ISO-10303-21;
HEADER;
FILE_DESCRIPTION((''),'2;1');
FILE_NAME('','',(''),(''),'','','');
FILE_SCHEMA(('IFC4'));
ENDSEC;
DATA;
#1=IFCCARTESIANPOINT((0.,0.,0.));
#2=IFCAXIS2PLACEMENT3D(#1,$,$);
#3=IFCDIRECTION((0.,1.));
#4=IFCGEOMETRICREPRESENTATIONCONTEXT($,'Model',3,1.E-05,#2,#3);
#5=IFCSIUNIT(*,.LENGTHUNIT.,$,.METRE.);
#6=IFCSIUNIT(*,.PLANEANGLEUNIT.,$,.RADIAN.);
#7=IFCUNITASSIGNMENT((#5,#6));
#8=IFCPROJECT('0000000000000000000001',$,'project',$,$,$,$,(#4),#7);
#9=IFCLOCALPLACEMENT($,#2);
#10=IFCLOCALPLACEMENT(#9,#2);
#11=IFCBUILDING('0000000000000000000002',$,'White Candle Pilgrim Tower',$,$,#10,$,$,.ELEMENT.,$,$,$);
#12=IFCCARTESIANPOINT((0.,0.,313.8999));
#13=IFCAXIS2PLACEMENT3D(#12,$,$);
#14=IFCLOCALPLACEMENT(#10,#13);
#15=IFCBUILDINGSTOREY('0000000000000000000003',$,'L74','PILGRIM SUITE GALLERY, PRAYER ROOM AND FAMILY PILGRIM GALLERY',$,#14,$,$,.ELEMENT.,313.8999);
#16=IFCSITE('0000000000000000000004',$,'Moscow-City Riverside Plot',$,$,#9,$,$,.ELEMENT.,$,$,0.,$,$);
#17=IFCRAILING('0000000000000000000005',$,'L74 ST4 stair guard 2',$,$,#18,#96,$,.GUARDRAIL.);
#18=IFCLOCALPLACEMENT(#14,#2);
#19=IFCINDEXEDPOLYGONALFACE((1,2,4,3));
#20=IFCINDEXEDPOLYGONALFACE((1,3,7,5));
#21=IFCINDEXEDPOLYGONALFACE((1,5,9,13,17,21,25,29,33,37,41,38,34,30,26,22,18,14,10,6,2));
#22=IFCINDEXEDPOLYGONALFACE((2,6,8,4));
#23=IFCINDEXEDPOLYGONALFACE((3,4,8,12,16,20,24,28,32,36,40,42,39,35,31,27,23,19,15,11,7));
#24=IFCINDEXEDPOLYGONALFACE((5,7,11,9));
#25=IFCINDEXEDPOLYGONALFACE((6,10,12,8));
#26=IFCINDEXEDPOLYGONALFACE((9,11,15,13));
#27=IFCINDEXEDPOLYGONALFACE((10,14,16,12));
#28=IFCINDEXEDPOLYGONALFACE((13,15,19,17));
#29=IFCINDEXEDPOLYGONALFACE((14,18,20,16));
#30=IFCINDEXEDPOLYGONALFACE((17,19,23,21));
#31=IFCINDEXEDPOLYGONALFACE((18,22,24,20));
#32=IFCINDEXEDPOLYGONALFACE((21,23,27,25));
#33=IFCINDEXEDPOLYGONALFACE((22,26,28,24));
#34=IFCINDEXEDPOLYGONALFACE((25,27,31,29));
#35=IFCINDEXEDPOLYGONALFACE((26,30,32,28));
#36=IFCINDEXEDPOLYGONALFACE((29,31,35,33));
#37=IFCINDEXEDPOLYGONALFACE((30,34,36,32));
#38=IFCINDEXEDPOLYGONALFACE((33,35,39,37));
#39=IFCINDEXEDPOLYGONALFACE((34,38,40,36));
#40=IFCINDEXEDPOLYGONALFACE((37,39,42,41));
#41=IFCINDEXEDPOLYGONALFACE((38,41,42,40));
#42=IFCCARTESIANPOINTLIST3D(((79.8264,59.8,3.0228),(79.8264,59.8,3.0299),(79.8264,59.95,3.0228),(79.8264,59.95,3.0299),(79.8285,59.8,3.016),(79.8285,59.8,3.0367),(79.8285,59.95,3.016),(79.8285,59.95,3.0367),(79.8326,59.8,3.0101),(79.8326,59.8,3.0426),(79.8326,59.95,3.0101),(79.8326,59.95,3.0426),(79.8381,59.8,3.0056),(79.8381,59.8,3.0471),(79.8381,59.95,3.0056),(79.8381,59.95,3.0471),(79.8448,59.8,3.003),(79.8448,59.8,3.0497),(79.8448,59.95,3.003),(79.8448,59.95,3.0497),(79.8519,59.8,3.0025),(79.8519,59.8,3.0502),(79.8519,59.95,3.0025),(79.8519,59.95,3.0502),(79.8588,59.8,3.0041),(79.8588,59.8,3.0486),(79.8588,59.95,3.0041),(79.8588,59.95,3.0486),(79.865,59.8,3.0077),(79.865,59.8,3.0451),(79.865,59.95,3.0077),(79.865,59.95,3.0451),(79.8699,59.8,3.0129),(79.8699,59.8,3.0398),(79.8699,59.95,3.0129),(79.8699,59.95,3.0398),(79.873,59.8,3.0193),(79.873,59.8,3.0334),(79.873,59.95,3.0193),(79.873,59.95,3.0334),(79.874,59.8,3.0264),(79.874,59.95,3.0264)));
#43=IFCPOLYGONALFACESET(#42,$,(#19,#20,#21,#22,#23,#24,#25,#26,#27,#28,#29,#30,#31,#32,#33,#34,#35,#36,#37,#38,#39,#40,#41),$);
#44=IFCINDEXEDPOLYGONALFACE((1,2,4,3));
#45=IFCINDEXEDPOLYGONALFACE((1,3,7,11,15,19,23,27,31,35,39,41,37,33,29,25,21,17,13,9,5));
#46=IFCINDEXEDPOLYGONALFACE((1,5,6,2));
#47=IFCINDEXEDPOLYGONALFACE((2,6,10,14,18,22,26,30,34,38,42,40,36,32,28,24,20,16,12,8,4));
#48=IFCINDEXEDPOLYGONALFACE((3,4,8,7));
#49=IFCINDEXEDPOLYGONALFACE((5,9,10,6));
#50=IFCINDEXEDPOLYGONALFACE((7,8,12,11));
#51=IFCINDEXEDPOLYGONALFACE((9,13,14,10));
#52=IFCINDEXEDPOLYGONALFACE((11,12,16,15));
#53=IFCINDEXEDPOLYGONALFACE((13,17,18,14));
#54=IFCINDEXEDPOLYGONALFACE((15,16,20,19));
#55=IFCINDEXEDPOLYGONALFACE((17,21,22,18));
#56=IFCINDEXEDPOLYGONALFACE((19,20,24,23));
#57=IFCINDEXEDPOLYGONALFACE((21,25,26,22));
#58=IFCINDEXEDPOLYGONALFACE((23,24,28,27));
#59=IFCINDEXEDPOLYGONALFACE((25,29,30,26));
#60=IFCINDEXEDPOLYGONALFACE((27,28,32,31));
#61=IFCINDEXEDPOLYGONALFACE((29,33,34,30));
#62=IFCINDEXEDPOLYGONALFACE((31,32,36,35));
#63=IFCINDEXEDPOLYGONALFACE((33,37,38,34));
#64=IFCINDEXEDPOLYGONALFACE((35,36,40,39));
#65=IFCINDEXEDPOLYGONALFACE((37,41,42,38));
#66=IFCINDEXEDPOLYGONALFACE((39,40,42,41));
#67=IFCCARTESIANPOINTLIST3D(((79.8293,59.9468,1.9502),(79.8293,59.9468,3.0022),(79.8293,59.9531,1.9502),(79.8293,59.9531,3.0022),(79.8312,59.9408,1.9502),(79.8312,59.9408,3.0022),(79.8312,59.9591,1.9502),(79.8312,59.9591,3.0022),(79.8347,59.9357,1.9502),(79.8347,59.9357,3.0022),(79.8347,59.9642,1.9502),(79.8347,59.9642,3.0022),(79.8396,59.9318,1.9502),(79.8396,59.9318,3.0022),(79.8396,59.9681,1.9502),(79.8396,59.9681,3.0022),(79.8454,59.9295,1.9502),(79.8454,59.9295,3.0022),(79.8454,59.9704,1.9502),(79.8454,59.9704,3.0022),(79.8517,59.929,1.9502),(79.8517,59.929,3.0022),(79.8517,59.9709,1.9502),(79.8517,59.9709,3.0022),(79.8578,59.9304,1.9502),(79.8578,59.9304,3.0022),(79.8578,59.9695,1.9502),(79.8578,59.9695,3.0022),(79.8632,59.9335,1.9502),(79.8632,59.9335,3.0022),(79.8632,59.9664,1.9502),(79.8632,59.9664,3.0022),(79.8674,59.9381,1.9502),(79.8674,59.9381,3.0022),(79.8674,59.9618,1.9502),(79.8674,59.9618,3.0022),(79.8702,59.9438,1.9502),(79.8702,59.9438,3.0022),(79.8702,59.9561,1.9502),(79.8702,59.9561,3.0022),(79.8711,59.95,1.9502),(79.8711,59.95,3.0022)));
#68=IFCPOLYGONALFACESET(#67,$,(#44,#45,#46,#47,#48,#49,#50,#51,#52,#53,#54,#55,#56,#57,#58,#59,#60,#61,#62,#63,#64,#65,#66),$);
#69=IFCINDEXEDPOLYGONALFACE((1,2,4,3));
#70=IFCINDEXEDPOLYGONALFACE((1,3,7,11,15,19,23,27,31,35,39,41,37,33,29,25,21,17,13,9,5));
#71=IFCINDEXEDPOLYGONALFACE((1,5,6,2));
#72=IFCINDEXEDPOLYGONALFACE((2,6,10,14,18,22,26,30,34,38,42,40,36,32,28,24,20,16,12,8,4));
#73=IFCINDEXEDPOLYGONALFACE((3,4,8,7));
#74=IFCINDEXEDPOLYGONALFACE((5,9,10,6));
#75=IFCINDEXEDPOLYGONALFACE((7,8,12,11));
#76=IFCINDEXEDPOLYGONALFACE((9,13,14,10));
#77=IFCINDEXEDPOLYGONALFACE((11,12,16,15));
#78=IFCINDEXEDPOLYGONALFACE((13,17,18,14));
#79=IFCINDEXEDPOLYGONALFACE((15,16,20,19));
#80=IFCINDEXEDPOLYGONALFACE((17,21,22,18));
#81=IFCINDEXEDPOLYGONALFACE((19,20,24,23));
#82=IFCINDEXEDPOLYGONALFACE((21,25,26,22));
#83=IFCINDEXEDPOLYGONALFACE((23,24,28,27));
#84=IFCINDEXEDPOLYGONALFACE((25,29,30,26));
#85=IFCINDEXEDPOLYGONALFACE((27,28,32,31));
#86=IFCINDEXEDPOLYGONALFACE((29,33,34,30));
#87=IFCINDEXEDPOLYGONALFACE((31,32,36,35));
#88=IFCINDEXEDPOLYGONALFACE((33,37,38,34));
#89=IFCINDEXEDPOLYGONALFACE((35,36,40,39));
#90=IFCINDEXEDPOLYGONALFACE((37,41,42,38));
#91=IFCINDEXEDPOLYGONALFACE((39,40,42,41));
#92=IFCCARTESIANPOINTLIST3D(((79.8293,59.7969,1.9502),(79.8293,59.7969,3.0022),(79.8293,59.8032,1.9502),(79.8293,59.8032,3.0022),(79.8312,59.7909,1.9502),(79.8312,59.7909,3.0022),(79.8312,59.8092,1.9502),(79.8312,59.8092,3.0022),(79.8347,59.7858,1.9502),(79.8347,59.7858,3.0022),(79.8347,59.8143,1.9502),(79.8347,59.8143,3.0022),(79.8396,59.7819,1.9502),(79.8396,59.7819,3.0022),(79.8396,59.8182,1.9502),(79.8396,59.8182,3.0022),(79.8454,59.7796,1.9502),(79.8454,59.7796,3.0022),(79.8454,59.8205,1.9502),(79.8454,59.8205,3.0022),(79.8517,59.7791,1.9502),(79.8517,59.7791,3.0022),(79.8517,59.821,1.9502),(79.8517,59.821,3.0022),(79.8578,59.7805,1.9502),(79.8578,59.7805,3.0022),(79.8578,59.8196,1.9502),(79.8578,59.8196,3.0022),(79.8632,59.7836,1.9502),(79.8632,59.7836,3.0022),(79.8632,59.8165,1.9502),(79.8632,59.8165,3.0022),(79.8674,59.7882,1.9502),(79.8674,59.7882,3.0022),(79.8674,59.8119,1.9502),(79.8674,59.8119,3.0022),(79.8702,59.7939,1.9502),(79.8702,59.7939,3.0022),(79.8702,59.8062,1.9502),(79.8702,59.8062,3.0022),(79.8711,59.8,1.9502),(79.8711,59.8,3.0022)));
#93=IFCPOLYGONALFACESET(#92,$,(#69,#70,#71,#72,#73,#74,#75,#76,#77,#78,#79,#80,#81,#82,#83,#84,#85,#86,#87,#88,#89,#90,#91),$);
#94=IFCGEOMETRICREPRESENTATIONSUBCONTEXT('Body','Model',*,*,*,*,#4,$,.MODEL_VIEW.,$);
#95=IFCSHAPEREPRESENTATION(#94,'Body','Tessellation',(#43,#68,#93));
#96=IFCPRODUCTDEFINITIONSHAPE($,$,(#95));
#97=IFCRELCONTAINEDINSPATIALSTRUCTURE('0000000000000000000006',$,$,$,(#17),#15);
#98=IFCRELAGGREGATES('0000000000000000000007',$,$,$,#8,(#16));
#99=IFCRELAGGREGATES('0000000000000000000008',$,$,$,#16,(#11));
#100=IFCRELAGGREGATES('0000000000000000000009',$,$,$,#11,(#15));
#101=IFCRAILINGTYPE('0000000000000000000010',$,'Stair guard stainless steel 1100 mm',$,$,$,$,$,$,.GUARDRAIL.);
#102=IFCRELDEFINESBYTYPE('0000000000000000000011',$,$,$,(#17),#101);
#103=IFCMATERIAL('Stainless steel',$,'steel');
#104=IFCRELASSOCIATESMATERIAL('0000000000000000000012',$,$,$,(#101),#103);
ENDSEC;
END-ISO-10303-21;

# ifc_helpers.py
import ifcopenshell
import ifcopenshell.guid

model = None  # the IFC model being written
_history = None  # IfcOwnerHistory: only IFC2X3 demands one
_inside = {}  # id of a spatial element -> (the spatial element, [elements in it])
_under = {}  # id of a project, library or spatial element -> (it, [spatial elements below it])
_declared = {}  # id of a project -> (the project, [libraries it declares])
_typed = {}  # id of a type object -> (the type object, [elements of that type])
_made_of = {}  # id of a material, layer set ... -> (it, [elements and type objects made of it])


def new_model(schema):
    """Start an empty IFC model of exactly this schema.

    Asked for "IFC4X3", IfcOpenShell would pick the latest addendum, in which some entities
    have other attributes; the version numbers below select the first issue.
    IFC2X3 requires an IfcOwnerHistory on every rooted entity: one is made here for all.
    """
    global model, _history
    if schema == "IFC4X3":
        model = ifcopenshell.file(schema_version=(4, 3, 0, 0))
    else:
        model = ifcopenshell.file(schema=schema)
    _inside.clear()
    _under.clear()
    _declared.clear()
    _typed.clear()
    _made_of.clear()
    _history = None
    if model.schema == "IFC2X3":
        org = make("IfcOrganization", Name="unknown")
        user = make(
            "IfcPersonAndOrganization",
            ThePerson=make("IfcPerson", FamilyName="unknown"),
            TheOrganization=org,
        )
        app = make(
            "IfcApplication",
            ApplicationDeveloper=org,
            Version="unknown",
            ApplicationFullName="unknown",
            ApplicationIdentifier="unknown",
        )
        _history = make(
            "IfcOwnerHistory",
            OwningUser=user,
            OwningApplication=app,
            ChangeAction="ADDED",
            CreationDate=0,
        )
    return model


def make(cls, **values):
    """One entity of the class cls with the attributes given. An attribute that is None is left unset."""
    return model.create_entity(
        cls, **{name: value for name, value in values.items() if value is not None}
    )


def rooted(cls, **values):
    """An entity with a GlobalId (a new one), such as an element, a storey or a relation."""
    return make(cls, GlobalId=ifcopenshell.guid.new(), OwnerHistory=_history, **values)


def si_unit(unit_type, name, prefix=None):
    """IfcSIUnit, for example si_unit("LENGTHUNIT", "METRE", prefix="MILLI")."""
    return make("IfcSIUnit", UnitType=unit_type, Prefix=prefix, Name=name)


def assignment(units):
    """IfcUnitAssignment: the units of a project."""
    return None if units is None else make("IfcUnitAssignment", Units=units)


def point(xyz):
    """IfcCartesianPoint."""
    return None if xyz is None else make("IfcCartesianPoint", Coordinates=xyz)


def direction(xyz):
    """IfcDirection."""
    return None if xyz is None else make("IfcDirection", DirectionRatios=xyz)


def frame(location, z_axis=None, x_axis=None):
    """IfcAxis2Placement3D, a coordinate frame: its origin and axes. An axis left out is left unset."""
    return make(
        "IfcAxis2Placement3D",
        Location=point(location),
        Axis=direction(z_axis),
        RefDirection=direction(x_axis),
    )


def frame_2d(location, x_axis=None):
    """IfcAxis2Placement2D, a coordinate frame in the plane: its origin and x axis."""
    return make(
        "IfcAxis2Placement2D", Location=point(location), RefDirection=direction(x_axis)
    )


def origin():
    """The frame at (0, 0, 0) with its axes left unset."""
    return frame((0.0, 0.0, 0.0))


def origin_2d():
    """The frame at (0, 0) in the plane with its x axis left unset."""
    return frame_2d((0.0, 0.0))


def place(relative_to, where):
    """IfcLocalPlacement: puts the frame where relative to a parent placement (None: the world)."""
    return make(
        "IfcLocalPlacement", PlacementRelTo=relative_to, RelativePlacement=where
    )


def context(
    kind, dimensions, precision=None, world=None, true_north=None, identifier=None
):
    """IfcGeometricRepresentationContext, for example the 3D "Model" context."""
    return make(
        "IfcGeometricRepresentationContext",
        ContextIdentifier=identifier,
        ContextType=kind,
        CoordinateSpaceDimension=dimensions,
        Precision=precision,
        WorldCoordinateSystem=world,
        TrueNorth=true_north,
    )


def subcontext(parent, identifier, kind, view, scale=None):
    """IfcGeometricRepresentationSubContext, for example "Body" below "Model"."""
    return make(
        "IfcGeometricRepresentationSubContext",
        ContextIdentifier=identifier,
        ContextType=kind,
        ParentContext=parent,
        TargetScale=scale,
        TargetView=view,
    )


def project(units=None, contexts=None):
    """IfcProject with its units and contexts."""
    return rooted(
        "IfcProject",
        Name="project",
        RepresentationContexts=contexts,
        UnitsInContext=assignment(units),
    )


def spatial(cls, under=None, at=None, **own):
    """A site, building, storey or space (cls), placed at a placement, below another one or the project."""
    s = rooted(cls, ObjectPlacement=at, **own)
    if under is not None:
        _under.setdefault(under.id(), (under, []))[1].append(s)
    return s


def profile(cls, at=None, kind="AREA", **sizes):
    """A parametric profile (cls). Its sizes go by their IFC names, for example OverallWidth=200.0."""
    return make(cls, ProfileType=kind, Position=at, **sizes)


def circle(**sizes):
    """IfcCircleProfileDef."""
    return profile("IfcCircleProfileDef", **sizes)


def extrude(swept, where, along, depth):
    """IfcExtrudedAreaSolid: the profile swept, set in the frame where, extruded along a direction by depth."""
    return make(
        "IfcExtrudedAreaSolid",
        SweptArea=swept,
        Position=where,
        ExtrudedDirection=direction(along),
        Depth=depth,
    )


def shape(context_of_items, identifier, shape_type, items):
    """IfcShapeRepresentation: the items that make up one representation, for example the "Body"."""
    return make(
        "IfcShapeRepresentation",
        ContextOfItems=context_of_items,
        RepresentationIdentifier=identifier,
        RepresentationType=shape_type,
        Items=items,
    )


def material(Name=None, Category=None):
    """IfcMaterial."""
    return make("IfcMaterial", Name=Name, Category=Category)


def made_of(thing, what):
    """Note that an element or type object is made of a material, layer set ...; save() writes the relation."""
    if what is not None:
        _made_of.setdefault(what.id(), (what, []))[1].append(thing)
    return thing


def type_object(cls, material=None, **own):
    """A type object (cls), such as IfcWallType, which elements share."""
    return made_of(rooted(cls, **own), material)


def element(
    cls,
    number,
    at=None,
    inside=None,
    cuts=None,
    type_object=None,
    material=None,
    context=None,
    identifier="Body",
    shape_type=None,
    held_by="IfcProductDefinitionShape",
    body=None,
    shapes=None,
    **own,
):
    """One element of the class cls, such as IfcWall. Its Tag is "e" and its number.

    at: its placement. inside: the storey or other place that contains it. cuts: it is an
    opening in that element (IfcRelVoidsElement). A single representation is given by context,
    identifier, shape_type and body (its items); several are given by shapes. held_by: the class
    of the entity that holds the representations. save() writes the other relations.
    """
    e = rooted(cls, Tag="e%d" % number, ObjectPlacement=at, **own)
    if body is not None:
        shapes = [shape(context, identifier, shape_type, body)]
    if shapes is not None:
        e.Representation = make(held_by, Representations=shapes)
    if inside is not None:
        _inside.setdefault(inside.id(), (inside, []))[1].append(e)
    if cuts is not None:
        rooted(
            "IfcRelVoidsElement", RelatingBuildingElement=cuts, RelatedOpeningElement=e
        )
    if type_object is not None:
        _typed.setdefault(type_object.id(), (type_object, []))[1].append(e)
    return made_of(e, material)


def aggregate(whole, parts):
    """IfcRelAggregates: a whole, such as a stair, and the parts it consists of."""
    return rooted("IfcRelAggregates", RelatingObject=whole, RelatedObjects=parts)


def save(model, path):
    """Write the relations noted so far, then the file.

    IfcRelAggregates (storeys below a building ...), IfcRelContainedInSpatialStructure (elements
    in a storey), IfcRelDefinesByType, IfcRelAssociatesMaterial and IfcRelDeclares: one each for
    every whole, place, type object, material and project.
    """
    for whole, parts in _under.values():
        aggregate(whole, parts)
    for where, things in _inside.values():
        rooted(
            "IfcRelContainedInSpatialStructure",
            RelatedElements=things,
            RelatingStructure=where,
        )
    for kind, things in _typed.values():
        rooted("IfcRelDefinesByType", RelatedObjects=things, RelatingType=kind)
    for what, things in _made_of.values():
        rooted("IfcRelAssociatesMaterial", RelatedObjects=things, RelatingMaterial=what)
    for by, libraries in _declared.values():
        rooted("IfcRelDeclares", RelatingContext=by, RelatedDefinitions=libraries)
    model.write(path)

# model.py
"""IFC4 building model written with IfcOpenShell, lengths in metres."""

from ifc_helpers import new_model, si_unit, direction, frame, origin, origin_2d, place, context, subcontext, project, spatial, circle, extrude, material, type_object, element, save


model = new_model("IFC4")

# Units and contexts
model_context = context("Model", 3, precision=1e-05, world=origin(), true_north=direction((0.0, 1.0)))
body_context = subcontext(model_context, "Body", "Model", "MODEL_VIEW")
ifc_project = project(units=[si_unit("LENGTHUNIT", "METRE"), si_unit("PLANEANGLEUNIT", "RADIAN")], contexts=[model_context])

# Site, building, storey
site_placement = place(None, origin())
site = spatial("IfcSite", under=ifc_project, at=site_placement, Name="Moscow-City Riverside Plot", CompositionType="ELEMENT", RefElevation=0.0)
building_placement = place(site_placement, origin())
building = spatial("IfcBuilding", under=site, at=building_placement, Name="White Candle Pilgrim Tower", CompositionType="ELEMENT")
storey_placement = place(building_placement, frame((0.0, 0.0, 313.8999)))
storey = spatial("IfcBuildingStorey", under=building, at=storey_placement, Name="L74", Description="PILGRIM SUITE GALLERY, PRAYER ROOM AND FAMILY PILGRIM GALLERY", CompositionType="ELEMENT", Elevation=313.8999)

# Railing
ifc_material_1 = material(Name="Stainless steel", Category="steel")
railing_type_1 = type_object("IfcRailingType", Name="Stair guard stainless steel 1100 mm", PredefinedType="GUARDRAIL", material=ifc_material_1)
railing_1_placement = place(storey_placement, frame((79.8501, 59.95, 1.9502)))
element("IfcRailing", 1, at=railing_1_placement, inside=storey, type_object=railing_type_1, Name="L74 ST4 stair guard 2", PredefinedType="GUARDRAIL", context=body_context, shape_type="SweptSolid", body=[
    extrude(circle(Radius=0.0239, at=origin_2d()), frame((0.0, 0.0, 1.0762), z_axis=(0.0, -1.0, 0.0), x_axis=(1.0, 0.0, 0.0)), (0.0, 0.0, 1.0), 0.1499),
    extrude(circle(Radius=0.021, at=origin_2d()), origin(), (0.0, 0.0, 1.0), 1.052),
    extrude(circle(Radius=0.021, at=origin_2d()), frame((0.0, -0.1499, 0.0)), (0.0, 0.0, 1.0), 1.052),
])

save(model, "model.ifc")
